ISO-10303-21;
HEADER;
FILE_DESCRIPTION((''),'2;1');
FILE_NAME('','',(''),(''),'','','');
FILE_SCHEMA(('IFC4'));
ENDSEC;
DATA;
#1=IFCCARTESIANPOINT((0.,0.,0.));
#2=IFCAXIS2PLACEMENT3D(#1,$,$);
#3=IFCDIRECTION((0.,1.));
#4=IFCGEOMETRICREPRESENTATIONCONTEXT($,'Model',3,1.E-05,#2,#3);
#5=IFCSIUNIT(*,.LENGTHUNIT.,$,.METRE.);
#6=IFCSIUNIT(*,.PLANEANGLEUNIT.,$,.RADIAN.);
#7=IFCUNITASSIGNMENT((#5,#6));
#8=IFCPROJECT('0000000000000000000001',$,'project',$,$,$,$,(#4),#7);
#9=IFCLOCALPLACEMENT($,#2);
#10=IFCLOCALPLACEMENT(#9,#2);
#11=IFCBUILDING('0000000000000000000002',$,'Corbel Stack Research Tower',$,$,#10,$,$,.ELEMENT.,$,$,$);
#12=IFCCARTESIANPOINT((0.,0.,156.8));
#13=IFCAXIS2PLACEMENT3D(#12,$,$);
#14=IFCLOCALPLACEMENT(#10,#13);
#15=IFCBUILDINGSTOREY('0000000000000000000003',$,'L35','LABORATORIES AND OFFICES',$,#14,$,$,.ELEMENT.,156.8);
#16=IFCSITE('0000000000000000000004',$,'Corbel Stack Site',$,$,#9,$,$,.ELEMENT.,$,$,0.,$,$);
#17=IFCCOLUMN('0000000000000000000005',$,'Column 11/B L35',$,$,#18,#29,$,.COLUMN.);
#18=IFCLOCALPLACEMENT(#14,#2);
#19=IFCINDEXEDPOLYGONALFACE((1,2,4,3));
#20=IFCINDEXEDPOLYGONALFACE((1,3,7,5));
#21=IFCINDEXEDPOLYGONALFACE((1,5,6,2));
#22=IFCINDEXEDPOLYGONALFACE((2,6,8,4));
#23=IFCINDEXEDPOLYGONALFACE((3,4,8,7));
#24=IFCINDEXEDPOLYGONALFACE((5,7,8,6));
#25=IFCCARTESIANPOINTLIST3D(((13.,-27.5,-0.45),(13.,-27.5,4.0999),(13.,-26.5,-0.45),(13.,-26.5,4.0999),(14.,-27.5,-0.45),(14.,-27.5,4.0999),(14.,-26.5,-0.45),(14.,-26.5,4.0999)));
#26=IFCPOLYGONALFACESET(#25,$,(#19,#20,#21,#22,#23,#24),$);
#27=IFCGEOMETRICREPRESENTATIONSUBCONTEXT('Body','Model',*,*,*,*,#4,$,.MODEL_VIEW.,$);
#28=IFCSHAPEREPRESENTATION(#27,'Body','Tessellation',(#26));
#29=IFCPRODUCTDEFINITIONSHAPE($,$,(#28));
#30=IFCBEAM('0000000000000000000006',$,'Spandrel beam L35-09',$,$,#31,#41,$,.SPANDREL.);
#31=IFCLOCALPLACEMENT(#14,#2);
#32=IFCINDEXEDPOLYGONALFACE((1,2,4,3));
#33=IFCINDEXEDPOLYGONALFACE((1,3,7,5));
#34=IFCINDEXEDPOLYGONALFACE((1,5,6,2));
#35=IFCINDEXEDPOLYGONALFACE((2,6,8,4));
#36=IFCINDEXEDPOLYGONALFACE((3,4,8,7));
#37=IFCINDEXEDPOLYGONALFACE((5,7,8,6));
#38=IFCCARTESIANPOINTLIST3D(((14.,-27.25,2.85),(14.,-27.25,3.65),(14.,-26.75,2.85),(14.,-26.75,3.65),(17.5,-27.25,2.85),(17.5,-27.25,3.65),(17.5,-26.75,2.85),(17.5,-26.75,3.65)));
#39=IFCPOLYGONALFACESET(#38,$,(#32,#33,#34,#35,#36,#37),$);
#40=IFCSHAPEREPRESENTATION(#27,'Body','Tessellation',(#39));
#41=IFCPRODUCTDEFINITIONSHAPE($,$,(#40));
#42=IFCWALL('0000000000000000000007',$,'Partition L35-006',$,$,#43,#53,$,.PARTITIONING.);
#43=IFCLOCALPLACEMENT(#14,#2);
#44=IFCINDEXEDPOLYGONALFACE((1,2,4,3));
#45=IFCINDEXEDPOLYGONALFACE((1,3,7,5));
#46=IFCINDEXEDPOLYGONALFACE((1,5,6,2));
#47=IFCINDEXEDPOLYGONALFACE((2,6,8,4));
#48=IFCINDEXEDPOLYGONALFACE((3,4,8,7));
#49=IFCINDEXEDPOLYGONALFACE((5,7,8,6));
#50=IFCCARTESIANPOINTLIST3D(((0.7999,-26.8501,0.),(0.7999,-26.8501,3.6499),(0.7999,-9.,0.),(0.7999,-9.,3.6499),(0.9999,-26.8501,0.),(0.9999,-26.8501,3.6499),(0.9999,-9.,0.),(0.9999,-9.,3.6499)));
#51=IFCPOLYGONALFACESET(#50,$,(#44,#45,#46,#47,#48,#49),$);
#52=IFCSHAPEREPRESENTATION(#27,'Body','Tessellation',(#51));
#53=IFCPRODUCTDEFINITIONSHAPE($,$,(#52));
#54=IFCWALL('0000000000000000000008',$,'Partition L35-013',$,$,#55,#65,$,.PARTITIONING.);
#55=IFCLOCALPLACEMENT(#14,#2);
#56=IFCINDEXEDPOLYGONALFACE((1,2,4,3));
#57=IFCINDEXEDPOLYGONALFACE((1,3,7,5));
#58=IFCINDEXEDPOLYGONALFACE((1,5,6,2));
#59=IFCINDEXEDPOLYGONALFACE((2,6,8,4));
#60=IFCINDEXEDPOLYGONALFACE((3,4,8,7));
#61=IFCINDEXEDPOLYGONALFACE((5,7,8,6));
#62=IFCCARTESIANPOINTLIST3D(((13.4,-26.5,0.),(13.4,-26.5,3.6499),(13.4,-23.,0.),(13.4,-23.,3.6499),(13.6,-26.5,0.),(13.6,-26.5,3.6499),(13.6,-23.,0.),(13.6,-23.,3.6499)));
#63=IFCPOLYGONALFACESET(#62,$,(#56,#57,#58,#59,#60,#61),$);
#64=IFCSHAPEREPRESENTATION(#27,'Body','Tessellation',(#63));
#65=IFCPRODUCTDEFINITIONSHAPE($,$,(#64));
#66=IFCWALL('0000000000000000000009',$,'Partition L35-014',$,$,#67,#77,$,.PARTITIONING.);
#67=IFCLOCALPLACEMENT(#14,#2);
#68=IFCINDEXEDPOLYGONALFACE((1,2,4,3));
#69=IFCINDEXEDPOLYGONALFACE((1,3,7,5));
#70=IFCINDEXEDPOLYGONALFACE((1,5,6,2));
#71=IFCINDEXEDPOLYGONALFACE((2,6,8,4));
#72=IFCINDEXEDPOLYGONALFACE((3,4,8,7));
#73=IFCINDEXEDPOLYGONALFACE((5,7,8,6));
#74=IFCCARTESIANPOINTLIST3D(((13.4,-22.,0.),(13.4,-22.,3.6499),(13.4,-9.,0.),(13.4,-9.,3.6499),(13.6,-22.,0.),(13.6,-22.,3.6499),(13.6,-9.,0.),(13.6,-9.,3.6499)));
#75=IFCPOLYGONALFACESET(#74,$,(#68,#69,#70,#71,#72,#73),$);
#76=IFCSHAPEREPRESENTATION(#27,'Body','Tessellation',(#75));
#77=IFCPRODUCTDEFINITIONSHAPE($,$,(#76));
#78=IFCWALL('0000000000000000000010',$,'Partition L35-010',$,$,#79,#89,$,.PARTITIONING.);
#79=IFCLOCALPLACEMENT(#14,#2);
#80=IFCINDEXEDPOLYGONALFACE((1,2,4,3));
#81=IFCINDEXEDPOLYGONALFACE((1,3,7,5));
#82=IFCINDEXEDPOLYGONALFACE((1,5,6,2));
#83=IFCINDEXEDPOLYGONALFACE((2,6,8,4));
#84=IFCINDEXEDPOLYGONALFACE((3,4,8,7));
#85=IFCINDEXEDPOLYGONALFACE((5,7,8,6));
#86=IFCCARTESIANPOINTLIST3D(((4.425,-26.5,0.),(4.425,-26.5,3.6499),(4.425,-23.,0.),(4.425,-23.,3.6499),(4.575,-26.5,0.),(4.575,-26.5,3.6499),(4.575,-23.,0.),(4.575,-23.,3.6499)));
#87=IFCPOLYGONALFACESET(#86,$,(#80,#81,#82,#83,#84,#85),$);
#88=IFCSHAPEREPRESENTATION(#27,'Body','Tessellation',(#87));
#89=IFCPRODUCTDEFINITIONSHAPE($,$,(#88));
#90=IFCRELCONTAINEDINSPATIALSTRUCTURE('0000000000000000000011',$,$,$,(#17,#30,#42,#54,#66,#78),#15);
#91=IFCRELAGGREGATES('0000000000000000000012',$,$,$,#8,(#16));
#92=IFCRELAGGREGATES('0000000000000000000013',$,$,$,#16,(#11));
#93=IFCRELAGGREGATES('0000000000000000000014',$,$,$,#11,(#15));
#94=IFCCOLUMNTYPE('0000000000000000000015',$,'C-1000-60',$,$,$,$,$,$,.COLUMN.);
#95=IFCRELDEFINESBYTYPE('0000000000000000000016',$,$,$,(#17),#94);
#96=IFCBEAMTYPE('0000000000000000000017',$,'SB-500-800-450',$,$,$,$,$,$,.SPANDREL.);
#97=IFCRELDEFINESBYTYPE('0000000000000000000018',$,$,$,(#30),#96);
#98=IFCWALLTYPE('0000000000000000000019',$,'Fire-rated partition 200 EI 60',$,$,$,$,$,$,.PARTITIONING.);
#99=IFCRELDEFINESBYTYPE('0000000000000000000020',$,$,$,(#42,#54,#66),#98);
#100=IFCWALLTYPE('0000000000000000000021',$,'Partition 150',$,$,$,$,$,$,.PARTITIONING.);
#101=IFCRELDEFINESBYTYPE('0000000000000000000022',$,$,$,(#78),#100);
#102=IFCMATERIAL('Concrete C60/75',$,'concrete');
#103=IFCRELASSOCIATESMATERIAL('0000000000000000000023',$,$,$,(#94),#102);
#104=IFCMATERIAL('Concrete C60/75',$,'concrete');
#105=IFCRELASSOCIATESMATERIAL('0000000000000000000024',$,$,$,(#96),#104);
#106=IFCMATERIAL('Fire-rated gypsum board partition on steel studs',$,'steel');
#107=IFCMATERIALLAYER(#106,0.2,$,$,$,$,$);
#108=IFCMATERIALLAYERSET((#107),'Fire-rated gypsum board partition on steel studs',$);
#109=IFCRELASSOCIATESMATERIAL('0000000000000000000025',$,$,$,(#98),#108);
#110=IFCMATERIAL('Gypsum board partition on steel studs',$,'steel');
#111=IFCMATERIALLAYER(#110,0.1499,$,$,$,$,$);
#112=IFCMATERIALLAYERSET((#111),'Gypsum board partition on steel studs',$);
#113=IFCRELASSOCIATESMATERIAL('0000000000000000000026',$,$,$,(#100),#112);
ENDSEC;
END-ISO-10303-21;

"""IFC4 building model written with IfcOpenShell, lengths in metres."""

from ifc_helpers import new_model, si_unit, direction, frame, frame_2d, origin, origin_2d, place, context, subcontext, project, spatial, rectangle, extrude, material, layer, layer_set, material_profile, profile_set, type_object, element, save


model = new_model("IFC4")

# Units and contexts
model_context = context("Model", 3, precision=1e-05, world=origin(), true_north=direction((0.0, 1.0)))
body_context = subcontext(model_context, "Body", "Model", "MODEL_VIEW")
ifc_project = project(units=[si_unit("LENGTHUNIT", "METRE"), si_unit("PLANEANGLEUNIT", "RADIAN")], contexts=[model_context])

# Site, building, storey
site_placement = place(None, origin())
site = spatial("IfcSite", under=ifc_project, at=site_placement, Name="Corbel Stack Site", CompositionType="ELEMENT", RefElevation=0.0)
building_placement = place(site_placement, origin())
building = spatial("IfcBuilding", under=site, at=building_placement, Name="Corbel Stack Research Tower", CompositionType="ELEMENT")
storey_placement = place(building_placement, frame((0.0, 0.0, 156.8)))
storey = spatial("IfcBuildingStorey", under=building, at=storey_placement, Name="L35", Description="LABORATORIES AND OFFICES", CompositionType="ELEMENT", Elevation=156.8)

# Column
ifc_material_1 = material(Name="Concrete C60/75", Category="concrete")
ifc_material_profile_1 = material_profile(ifc_material_1, rectangle(XDim=1.0, YDim=1.0, at=origin_2d()), Name="RC 1000 x 1000")
ifc_profile_set_1 = profile_set([ifc_material_profile_1], Name="Concrete C60/75")
column_type = type_object("IfcColumnType", Name="C-1000-60", PredefinedType="COLUMN", material=ifc_profile_set_1)
column_placement = place(storey_placement, frame((13.5, -27.0, -0.45), z_axis=(0.0, 0.0, 1.0), x_axis=(1.0, 0.0, 0.0)))
element("IfcColumn", 1, at=column_placement, inside=storey, type_object=column_type, Name="Column 11/B L35", PredefinedType="COLUMN", context=body_context, shape_type="SweptSolid", body=[
    extrude(rectangle(XDim=1.0, YDim=1.0, at=origin_2d()), origin(), (0.0, 0.0, 1.0), 4.5498),
])

# Beam
ifc_material_2 = material(Name="Concrete C60/75", Category="concrete")
ifc_material_profile_2 = material_profile(ifc_material_2, rectangle(XDim=0.5, YDim=0.8, at=origin_2d()), Name="RC 500 x 800")
ifc_profile_set_2 = profile_set([ifc_material_profile_2], Name="Concrete C60/75")
beam_type = type_object("IfcBeamType", Name="SB-500-800-450", PredefinedType="SPANDREL", material=ifc_profile_set_2)
beam_placement = place(storey_placement, frame((14.0, -27.0, 3.25), z_axis=(1.0, 0.0, 0.0), x_axis=(0.0, 1.0, 0.0)))
element("IfcBeam", 2, at=beam_placement, inside=storey, type_object=beam_type, Name="Spandrel beam L35-09", PredefinedType="SPANDREL", context=body_context, shape_type="SweptSolid", body=[
    extrude(rectangle(XDim=0.5, YDim=0.8, at=origin_2d()), origin(), (0.0, 0.0, 1.0), 3.5),
])

# Walls
ifc_material_3 = material(Name="Fire-rated gypsum board partition on steel studs", Category="steel")
ifc_layer_1 = layer(ifc_material_3, 0.2)
ifc_layer_set_1 = layer_set([ifc_layer_1], Name="Fire-rated gypsum board partition on steel studs")
wall_type_1 = type_object("IfcWallType", Name="Fire-rated partition 200 EI 60", PredefinedType="PARTITIONING", material=ifc_layer_set_1)
wall_1_placement = place(storey_placement, frame((0.8999, -26.8501, 0.0), z_axis=(0.0, 0.0, 1.0), x_axis=(0.0, 1.0, 0.0)))
element("IfcWall", 3, at=wall_1_placement, inside=storey, type_object=wall_type_1, Name="Partition L35-006", PredefinedType="PARTITIONING", context=body_context, shape_type="SweptSolid", body=[
    extrude(rectangle(XDim=17.8501, YDim=0.2, at=frame_2d((8.925, 0.0))), origin(), (0.0, 0.0, 1.0), 3.6499),
])
wall_2_placement = place(storey_placement, frame((13.5, -26.5, 0.0), z_axis=(0.0, 0.0, 1.0), x_axis=(0.0, 1.0, 0.0)))
element("IfcWall", 4, at=wall_2_placement, inside=storey, type_object=wall_type_1, Name="Partition L35-013", PredefinedType="PARTITIONING", context=body_context, shape_type="SweptSolid", body=[
    extrude(rectangle(XDim=3.5, YDim=0.2, at=frame_2d((1.75, 0.0))), origin(), (0.0, 0.0, 1.0), 3.6499),
])
wall_3_placement = place(storey_placement, frame((13.5, -22.0, 0.0), z_axis=(0.0, 0.0, 1.0), x_axis=(0.0, 1.0, 0.0)))
element("IfcWall", 5, at=wall_3_placement, inside=storey, type_object=wall_type_1, Name="Partition L35-014", PredefinedType="PARTITIONING", context=body_context, shape_type="SweptSolid", body=[
    extrude(rectangle(XDim=13.0, YDim=0.2, at=frame_2d((6.5, 0.0))), origin(), (0.0, 0.0, 1.0), 3.6499),
])
ifc_material_4 = material(Name="Gypsum board partition on steel studs", Category="steel")
ifc_layer_2 = layer(ifc_material_4, 0.1499)
ifc_layer_set_2 = layer_set([ifc_layer_2], Name="Gypsum board partition on steel studs")
wall_type_2 = type_object("IfcWallType", Name="Partition 150", PredefinedType="PARTITIONING", material=ifc_layer_set_2)
wall_4_placement = place(storey_placement, frame((4.5, -26.5, 0.0), z_axis=(0.0, 0.0, 1.0), x_axis=(0.0, 1.0, 0.0)))
element("IfcWall", 6, at=wall_4_placement, inside=storey, type_object=wall_type_2, Name="Partition L35-010", PredefinedType="PARTITIONING", context=body_context, shape_type="SweptSolid", body=[
    extrude(rectangle(XDim=3.5, YDim=0.1499, at=frame_2d((1.75, 0.0))), origin(), (0.0, 0.0, 1.0), 3.6499),
])

save(model, "model.ifc")
